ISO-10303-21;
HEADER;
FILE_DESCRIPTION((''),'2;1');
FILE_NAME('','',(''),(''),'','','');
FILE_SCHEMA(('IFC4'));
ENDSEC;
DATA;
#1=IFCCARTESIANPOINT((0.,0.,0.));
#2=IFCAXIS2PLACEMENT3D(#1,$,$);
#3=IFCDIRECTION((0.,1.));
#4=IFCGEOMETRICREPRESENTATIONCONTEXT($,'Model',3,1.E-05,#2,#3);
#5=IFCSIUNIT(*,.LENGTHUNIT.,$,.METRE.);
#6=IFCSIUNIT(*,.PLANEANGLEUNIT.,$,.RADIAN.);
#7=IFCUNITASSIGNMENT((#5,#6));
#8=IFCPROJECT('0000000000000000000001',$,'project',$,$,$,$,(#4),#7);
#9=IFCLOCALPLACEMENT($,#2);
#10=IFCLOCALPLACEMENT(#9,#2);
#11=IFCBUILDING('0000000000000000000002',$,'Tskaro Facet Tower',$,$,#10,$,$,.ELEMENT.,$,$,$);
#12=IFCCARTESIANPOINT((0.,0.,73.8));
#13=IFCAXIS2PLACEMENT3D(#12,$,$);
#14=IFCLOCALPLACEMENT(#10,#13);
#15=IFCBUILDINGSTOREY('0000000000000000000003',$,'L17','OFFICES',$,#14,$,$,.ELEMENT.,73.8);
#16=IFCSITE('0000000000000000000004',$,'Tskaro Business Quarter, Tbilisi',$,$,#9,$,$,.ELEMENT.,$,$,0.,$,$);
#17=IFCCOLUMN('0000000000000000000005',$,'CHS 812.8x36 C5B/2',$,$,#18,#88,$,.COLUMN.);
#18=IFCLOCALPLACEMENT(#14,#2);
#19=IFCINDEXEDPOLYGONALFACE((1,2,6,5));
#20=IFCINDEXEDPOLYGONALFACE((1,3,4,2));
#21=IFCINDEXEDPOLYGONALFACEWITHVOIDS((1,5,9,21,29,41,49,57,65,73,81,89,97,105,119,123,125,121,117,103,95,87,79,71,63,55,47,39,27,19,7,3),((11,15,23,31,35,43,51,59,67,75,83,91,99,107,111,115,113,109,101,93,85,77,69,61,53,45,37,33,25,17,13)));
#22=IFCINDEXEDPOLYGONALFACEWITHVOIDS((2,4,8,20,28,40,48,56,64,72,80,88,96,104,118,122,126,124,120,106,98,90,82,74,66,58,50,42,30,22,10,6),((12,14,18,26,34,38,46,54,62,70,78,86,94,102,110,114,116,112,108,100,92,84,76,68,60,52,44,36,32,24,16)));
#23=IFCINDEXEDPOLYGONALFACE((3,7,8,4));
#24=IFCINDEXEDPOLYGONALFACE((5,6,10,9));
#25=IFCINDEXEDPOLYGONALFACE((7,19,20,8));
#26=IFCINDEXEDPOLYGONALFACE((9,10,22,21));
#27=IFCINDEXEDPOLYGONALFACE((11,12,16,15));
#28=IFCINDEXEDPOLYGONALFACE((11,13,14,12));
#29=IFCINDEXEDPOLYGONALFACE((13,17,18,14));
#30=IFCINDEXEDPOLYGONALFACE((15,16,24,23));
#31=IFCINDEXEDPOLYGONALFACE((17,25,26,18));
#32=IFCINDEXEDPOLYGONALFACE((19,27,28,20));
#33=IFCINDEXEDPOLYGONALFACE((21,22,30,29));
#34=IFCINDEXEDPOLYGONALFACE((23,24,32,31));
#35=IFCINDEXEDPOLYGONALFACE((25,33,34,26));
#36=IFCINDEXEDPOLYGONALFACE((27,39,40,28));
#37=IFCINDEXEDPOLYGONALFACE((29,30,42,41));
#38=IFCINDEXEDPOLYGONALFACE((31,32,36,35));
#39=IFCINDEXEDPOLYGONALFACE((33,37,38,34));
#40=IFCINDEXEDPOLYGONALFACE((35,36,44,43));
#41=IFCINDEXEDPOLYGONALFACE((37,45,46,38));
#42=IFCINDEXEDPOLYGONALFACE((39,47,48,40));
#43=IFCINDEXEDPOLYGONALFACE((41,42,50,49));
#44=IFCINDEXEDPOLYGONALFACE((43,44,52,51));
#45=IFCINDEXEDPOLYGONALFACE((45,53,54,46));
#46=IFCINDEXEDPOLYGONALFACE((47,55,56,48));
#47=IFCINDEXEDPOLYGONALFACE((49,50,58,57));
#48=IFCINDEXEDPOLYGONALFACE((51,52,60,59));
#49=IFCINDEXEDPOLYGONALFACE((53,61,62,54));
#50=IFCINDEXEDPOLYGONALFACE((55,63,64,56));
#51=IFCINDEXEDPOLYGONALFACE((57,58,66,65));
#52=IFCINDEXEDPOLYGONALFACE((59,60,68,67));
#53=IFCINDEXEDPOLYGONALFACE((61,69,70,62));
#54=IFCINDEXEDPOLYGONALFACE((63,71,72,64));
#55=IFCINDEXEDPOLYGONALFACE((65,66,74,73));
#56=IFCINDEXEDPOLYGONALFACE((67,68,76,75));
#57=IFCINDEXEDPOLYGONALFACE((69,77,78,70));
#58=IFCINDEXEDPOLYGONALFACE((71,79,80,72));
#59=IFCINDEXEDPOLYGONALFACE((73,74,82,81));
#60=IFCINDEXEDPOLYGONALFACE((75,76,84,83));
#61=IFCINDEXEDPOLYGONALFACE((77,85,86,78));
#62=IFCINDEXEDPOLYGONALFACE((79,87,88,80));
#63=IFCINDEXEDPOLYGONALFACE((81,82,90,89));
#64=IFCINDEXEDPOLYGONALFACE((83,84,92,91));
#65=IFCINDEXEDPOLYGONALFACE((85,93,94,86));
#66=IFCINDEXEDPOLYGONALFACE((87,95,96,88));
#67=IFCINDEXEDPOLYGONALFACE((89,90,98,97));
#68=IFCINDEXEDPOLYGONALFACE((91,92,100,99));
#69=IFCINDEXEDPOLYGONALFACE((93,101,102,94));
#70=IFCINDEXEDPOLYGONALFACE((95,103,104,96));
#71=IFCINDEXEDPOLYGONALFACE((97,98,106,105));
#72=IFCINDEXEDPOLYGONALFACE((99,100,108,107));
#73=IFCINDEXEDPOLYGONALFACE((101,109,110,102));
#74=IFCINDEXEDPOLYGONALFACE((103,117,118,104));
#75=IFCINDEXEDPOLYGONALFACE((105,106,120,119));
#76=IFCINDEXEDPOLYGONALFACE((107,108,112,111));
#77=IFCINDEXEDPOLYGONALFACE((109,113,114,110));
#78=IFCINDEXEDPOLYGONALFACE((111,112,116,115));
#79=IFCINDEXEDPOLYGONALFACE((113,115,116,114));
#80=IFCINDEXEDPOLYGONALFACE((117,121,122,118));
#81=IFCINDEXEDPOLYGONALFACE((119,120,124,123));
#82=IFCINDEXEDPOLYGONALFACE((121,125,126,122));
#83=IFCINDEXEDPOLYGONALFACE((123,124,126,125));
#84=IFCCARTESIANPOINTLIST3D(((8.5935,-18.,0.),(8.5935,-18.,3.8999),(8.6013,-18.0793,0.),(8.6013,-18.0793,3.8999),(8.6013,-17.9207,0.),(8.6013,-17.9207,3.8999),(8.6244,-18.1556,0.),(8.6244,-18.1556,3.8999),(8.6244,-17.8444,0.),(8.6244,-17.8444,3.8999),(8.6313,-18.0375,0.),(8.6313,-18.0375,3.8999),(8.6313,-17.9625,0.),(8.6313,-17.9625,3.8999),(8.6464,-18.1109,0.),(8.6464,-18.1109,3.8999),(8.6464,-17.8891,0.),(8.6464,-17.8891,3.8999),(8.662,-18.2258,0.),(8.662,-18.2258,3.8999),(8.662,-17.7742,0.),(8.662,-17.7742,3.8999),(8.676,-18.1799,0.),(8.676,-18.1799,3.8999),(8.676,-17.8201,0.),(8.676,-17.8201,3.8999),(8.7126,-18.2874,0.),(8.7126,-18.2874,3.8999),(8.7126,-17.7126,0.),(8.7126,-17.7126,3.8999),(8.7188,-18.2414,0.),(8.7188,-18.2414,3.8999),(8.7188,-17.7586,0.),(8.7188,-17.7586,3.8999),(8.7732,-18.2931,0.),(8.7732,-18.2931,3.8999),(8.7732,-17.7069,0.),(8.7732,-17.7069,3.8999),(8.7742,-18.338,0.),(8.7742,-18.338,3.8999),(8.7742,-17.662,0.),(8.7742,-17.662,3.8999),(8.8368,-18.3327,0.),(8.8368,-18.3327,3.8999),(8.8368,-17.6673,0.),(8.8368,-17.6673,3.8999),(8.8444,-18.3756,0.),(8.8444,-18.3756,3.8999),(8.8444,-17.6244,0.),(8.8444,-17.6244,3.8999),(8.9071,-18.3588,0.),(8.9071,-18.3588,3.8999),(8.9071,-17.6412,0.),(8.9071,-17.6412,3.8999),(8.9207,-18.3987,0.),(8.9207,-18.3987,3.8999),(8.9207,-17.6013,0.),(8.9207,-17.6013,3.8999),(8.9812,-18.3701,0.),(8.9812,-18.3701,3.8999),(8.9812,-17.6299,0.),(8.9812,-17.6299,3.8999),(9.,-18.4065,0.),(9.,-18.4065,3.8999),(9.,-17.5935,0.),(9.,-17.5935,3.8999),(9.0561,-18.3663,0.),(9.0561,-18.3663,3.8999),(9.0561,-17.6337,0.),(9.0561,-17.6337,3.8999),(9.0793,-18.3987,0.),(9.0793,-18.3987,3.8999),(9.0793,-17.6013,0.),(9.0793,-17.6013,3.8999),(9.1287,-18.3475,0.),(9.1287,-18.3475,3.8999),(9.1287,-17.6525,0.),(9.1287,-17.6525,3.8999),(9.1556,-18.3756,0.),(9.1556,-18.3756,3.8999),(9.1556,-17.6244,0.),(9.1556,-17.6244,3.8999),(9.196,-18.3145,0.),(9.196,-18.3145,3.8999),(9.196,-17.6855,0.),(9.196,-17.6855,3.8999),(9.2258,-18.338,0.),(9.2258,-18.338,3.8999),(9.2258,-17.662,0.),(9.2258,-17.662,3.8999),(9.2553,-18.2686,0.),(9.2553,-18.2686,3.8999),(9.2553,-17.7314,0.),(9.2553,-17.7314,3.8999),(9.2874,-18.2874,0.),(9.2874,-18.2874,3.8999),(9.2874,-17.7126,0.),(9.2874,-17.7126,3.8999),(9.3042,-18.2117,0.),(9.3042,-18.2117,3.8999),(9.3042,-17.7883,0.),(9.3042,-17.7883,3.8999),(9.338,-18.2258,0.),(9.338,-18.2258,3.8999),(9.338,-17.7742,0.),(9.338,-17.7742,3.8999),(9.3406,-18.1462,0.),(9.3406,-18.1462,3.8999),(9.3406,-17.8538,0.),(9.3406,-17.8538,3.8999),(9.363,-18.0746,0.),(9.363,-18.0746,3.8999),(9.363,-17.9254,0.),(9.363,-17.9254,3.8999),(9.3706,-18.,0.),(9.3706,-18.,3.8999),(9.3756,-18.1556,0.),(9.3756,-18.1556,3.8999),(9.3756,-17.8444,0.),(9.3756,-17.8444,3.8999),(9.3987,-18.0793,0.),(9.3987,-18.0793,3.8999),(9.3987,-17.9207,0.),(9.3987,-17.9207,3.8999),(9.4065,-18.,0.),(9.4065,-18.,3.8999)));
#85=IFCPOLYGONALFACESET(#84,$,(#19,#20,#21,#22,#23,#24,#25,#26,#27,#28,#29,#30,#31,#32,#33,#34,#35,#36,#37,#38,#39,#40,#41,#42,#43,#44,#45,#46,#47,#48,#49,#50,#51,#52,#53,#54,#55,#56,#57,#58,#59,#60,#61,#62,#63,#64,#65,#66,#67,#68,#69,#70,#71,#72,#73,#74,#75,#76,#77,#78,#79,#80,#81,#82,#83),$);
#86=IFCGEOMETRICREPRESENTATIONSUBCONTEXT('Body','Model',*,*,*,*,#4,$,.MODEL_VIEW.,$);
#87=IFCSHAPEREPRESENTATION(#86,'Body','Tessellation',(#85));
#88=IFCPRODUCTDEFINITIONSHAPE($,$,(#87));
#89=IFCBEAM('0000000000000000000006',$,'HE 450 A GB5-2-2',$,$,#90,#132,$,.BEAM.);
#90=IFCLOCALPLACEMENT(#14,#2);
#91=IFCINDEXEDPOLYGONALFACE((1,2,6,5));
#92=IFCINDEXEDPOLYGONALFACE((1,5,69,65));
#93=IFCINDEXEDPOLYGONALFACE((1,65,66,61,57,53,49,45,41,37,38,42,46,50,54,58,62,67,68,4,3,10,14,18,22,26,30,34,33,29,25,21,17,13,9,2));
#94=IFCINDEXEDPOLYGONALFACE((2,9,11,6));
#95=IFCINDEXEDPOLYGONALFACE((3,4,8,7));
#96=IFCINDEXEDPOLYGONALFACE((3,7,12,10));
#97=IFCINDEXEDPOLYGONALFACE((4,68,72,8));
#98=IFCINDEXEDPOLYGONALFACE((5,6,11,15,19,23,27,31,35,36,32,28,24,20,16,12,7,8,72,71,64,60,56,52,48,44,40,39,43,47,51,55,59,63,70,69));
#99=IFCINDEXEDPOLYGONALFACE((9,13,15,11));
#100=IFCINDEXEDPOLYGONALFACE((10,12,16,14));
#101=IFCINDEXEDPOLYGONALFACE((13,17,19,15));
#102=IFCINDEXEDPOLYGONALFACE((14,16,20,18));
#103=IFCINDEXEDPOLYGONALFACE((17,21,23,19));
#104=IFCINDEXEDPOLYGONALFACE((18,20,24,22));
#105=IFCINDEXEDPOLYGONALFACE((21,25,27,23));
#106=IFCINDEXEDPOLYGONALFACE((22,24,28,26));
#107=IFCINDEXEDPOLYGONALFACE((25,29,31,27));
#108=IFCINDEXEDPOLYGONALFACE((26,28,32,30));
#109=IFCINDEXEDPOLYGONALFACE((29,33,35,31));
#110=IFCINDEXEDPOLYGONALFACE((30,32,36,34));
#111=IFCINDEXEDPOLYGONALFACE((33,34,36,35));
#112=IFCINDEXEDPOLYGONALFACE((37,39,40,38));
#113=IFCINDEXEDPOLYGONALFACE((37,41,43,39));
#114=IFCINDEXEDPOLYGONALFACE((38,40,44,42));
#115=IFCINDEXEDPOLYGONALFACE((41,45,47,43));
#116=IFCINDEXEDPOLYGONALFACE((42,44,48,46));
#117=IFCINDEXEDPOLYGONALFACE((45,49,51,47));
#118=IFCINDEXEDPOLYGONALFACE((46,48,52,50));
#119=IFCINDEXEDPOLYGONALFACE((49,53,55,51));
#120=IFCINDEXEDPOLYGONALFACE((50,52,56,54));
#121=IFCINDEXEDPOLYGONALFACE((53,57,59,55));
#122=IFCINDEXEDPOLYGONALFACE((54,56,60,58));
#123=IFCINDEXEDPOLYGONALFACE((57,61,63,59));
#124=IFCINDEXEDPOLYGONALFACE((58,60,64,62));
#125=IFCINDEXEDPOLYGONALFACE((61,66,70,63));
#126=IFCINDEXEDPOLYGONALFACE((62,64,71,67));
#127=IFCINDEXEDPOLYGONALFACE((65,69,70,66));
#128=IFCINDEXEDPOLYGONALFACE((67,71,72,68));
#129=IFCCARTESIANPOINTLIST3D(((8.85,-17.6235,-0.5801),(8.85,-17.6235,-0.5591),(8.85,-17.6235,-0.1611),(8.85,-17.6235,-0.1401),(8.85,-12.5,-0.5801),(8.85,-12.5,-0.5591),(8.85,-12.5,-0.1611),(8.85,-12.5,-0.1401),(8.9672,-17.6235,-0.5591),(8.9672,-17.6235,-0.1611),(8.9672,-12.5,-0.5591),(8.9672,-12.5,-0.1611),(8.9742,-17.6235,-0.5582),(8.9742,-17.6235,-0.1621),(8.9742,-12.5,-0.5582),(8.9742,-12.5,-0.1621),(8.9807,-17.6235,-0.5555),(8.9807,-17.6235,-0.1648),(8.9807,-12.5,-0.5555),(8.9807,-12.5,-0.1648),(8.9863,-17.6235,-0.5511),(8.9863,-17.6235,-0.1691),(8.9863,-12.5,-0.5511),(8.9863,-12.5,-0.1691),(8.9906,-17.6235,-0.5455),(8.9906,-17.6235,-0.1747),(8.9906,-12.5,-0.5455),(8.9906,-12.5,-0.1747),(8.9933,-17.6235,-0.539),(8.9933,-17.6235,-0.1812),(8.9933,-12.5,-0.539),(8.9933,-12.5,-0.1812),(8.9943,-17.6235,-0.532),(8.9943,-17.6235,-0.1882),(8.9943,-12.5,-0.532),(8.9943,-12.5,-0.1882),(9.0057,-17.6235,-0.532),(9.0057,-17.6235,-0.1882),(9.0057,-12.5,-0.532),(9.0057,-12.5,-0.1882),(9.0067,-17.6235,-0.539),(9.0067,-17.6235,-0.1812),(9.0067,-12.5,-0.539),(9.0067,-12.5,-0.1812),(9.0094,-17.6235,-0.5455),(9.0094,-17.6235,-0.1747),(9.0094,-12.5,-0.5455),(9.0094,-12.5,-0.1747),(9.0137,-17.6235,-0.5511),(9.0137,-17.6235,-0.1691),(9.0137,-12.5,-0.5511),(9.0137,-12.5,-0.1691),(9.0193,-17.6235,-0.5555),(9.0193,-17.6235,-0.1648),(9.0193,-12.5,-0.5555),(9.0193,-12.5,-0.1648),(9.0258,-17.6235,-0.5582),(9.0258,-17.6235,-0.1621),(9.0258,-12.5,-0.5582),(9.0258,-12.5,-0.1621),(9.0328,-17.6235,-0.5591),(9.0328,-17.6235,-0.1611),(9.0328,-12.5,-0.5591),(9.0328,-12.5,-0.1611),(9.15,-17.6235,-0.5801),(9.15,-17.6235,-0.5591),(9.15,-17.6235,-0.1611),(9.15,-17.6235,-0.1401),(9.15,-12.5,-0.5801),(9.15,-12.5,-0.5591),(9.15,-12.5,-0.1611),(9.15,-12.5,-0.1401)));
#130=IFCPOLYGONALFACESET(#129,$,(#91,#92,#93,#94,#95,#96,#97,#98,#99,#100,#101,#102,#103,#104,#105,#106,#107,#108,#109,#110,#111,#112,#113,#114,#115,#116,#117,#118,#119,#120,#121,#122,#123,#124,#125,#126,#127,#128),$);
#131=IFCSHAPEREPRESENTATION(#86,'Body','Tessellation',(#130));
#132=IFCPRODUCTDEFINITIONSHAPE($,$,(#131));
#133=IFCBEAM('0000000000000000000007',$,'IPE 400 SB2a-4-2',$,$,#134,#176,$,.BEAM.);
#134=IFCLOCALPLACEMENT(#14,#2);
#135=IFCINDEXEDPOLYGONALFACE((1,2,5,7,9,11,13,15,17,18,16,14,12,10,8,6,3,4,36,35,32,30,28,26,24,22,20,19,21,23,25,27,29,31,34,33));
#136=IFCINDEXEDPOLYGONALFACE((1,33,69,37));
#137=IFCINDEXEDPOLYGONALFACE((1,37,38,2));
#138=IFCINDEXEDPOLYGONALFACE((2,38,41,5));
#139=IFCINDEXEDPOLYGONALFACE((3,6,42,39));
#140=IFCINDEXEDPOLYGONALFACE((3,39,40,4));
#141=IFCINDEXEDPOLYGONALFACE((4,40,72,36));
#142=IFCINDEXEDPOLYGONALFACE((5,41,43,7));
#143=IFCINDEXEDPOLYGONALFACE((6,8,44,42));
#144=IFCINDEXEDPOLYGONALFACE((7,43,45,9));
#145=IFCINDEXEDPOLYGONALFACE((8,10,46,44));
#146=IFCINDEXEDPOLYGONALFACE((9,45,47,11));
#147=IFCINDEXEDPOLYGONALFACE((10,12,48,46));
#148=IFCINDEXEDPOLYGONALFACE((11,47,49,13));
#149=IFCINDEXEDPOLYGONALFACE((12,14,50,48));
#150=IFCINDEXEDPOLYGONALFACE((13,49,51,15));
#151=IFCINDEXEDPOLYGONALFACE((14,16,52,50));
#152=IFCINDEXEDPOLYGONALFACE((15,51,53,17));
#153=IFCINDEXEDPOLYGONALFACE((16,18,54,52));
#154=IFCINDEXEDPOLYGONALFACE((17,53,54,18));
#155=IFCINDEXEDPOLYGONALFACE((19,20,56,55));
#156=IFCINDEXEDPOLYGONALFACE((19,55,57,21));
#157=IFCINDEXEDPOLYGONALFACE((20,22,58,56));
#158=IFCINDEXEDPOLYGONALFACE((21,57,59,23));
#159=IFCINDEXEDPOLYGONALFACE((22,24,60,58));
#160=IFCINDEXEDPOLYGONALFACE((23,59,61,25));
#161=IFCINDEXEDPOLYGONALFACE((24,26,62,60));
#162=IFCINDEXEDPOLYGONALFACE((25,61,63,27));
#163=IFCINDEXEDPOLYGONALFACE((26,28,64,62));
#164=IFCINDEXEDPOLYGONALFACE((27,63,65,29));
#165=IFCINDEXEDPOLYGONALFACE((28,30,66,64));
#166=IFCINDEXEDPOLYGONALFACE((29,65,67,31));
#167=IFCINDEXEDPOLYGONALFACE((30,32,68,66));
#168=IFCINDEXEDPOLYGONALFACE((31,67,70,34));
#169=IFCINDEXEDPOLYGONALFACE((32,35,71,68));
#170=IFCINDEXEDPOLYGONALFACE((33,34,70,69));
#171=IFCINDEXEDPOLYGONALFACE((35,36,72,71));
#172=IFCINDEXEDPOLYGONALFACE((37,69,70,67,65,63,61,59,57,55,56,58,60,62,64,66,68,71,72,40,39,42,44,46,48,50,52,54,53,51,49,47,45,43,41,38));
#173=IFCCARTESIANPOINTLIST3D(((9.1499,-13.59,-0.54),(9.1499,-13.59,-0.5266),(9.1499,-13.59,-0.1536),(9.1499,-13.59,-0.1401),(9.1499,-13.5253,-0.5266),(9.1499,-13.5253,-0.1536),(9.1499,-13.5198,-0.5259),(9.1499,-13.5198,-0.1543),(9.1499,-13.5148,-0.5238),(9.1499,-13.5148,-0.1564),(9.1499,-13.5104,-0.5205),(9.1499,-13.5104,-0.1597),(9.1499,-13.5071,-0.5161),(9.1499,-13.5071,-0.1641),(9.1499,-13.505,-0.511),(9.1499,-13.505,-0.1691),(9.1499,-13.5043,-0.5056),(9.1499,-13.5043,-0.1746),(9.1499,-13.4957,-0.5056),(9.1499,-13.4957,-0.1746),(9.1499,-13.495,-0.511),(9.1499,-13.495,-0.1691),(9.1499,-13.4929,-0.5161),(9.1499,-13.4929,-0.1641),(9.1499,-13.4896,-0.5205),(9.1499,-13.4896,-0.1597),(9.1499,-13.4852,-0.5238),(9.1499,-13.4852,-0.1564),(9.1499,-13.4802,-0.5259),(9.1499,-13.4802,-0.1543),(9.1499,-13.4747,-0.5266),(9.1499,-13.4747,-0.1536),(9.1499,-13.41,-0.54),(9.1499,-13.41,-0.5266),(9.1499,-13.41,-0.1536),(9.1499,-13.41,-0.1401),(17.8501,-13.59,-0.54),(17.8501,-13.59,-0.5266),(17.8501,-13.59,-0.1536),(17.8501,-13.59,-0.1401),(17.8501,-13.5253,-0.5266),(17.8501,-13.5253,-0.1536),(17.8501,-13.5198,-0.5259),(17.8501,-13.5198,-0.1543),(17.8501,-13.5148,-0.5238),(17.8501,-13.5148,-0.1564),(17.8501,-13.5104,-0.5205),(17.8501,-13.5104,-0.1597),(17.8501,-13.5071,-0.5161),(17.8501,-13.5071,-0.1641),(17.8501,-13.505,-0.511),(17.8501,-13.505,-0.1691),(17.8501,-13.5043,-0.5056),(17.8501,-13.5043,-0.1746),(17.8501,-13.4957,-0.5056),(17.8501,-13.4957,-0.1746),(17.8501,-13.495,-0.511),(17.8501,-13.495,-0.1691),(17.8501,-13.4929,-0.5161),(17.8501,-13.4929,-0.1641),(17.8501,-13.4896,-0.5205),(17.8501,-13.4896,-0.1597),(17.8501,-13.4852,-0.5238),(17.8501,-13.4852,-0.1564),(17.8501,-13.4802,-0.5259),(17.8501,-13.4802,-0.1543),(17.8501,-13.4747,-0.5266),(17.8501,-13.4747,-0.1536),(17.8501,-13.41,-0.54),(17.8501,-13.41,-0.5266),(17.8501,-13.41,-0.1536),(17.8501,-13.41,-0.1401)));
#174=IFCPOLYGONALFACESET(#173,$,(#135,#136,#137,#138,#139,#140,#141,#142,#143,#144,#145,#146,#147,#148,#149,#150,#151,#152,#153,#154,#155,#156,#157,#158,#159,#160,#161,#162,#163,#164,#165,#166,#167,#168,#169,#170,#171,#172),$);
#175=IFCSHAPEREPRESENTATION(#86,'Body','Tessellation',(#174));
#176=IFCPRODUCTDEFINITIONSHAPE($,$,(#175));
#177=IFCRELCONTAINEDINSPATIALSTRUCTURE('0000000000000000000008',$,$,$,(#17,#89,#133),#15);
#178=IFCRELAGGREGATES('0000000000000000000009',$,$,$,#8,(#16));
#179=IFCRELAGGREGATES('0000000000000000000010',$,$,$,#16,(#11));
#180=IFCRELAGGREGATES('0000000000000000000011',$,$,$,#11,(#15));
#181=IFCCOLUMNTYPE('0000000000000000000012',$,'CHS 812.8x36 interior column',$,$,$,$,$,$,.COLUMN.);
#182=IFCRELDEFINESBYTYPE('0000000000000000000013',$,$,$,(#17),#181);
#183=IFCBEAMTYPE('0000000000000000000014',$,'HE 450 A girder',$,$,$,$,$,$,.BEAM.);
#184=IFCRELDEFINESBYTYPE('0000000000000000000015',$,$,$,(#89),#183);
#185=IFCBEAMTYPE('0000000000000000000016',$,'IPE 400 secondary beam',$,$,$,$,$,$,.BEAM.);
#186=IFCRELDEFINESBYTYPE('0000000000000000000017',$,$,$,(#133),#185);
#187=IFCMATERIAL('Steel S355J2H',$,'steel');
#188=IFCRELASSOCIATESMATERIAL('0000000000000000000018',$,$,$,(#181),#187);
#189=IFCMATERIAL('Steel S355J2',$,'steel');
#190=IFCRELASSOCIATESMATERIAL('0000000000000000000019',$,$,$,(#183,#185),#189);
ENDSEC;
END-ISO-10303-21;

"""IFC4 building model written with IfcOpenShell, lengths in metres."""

from ifc_helpers import new_model, si_unit, direction, frame, origin, origin_2d, place, context, subcontext, project, spatial, hollow_circle, i_section, extrude, material, material_profile, profile_set, type_object, element, save


model = new_model("IFC4")

# Units and contexts
model_context = context("Model", 3, precision=1e-05, world=origin(), true_north=direction((0.0, 1.0)))
body_context = subcontext(model_context, "Body", "Model", "MODEL_VIEW")
ifc_project = project(units=[si_unit("LENGTHUNIT", "METRE"), si_unit("PLANEANGLEUNIT", "RADIAN")], contexts=[model_context])

# Site, building, storey
site_placement = place(None, origin())
site = spatial("IfcSite", under=ifc_project, at=site_placement, Name="Tskaro Business Quarter, Tbilisi", CompositionType="ELEMENT", RefElevation=0.0)
building_placement = place(site_placement, origin())
building = spatial("IfcBuilding", under=site, at=building_placement, Name="Tskaro Facet Tower", CompositionType="ELEMENT")
storey_placement = place(building_placement, frame((0.0, 0.0, 73.8)))
storey = spatial("IfcBuildingStorey", under=building, at=storey_placement, Name="L17", Description="OFFICES", CompositionType="ELEMENT", Elevation=73.8)

# Column
ifc_material_1 = material(Name="Steel S355J2H", Category="steel")
ifc_material_profile_1 = material_profile(ifc_material_1, hollow_circle(Radius=0.4065, WallThickness=0.0359, at=origin_2d()), Name="CHS 812.8x36")
ifc_profile_set_1 = profile_set([ifc_material_profile_1], Name="Steel S355J2H")
column_type = type_object("IfcColumnType", Name="CHS 812.8x36 interior column", PredefinedType="COLUMN", material=ifc_profile_set_1)
column_placement = place(storey_placement, frame((9.0, -18.0, 0.0), z_axis=(0.0, 0.0, 1.0), x_axis=(1.0, 0.0, 0.0)))
element("IfcColumn", 1, at=column_placement, inside=storey, type_object=column_type, Name="CHS 812.8x36 C5B/2", PredefinedType="COLUMN", context=body_context, shape_type="SweptSolid", body=[
    extrude(hollow_circle(Radius=0.4065, WallThickness=0.0359, at=origin_2d()), origin(), (0.0, 0.0, 1.0), 3.8999),
])

# Beams
ifc_material_2 = material(Name="Steel S355J2", Category="steel")
ifc_material_profile_2 = material_profile(ifc_material_2, i_section(OverallWidth=0.3, OverallDepth=0.4399, WebThickness=0.0115, FlangeThickness=0.021, FilletRadius=0.0271, at=origin_2d()), Name="HE 450 A")
ifc_profile_set_2 = profile_set([ifc_material_profile_2], Name="Steel S355J2")
beam_type_1 = type_object("IfcBeamType", Name="HE 450 A girder", PredefinedType="BEAM", material=ifc_profile_set_2)
beam_1_placement = place(storey_placement, frame((9.0, -17.6235, -0.3601), z_axis=(0.0, 1.0, 0.0), x_axis=(-1.0, 0.0, 0.0)))
element("IfcBeam", 2, at=beam_1_placement, inside=storey, type_object=beam_type_1, Name="HE 450 A GB5-2-2", PredefinedType="BEAM", context=body_context, shape_type="SweptSolid", body=[
    extrude(i_section(OverallWidth=0.3, OverallDepth=0.4399, WebThickness=0.0115, FlangeThickness=0.021, FilletRadius=0.0271, at=origin_2d()), origin(), (0.0, 0.0, 1.0), 5.1235),
])
ifc_material_profile_3 = material_profile(ifc_material_2, i_section(OverallWidth=0.1799, OverallDepth=0.3999, WebThickness=0.0085, FlangeThickness=0.0134, FilletRadius=0.021, at=origin_2d()), Name="IPE 400")
ifc_profile_set_3 = profile_set([ifc_material_profile_3], Name="Steel S355J2")
beam_type_2 = type_object("IfcBeamType", Name="IPE 400 secondary beam", PredefinedType="BEAM", material=ifc_profile_set_3)
beam_2_placement = place(storey_placement, frame((9.1499, -13.5, -0.3401), z_axis=(1.0, 0.0, 0.0), x_axis=(0.0, 1.0, 0.0)))
element("IfcBeam", 3, at=beam_2_placement, inside=storey, type_object=beam_type_2, Name="IPE 400 SB2a-4-2", PredefinedType="BEAM", context=body_context, shape_type="SweptSolid", body=[
    extrude(i_section(OverallWidth=0.1799, OverallDepth=0.3999, WebThickness=0.0085, FlangeThickness=0.0134, FilletRadius=0.021, at=origin_2d()), origin(), (0.0, 0.0, 1.0), 8.7002),
])

save(model, "model.ifc")
